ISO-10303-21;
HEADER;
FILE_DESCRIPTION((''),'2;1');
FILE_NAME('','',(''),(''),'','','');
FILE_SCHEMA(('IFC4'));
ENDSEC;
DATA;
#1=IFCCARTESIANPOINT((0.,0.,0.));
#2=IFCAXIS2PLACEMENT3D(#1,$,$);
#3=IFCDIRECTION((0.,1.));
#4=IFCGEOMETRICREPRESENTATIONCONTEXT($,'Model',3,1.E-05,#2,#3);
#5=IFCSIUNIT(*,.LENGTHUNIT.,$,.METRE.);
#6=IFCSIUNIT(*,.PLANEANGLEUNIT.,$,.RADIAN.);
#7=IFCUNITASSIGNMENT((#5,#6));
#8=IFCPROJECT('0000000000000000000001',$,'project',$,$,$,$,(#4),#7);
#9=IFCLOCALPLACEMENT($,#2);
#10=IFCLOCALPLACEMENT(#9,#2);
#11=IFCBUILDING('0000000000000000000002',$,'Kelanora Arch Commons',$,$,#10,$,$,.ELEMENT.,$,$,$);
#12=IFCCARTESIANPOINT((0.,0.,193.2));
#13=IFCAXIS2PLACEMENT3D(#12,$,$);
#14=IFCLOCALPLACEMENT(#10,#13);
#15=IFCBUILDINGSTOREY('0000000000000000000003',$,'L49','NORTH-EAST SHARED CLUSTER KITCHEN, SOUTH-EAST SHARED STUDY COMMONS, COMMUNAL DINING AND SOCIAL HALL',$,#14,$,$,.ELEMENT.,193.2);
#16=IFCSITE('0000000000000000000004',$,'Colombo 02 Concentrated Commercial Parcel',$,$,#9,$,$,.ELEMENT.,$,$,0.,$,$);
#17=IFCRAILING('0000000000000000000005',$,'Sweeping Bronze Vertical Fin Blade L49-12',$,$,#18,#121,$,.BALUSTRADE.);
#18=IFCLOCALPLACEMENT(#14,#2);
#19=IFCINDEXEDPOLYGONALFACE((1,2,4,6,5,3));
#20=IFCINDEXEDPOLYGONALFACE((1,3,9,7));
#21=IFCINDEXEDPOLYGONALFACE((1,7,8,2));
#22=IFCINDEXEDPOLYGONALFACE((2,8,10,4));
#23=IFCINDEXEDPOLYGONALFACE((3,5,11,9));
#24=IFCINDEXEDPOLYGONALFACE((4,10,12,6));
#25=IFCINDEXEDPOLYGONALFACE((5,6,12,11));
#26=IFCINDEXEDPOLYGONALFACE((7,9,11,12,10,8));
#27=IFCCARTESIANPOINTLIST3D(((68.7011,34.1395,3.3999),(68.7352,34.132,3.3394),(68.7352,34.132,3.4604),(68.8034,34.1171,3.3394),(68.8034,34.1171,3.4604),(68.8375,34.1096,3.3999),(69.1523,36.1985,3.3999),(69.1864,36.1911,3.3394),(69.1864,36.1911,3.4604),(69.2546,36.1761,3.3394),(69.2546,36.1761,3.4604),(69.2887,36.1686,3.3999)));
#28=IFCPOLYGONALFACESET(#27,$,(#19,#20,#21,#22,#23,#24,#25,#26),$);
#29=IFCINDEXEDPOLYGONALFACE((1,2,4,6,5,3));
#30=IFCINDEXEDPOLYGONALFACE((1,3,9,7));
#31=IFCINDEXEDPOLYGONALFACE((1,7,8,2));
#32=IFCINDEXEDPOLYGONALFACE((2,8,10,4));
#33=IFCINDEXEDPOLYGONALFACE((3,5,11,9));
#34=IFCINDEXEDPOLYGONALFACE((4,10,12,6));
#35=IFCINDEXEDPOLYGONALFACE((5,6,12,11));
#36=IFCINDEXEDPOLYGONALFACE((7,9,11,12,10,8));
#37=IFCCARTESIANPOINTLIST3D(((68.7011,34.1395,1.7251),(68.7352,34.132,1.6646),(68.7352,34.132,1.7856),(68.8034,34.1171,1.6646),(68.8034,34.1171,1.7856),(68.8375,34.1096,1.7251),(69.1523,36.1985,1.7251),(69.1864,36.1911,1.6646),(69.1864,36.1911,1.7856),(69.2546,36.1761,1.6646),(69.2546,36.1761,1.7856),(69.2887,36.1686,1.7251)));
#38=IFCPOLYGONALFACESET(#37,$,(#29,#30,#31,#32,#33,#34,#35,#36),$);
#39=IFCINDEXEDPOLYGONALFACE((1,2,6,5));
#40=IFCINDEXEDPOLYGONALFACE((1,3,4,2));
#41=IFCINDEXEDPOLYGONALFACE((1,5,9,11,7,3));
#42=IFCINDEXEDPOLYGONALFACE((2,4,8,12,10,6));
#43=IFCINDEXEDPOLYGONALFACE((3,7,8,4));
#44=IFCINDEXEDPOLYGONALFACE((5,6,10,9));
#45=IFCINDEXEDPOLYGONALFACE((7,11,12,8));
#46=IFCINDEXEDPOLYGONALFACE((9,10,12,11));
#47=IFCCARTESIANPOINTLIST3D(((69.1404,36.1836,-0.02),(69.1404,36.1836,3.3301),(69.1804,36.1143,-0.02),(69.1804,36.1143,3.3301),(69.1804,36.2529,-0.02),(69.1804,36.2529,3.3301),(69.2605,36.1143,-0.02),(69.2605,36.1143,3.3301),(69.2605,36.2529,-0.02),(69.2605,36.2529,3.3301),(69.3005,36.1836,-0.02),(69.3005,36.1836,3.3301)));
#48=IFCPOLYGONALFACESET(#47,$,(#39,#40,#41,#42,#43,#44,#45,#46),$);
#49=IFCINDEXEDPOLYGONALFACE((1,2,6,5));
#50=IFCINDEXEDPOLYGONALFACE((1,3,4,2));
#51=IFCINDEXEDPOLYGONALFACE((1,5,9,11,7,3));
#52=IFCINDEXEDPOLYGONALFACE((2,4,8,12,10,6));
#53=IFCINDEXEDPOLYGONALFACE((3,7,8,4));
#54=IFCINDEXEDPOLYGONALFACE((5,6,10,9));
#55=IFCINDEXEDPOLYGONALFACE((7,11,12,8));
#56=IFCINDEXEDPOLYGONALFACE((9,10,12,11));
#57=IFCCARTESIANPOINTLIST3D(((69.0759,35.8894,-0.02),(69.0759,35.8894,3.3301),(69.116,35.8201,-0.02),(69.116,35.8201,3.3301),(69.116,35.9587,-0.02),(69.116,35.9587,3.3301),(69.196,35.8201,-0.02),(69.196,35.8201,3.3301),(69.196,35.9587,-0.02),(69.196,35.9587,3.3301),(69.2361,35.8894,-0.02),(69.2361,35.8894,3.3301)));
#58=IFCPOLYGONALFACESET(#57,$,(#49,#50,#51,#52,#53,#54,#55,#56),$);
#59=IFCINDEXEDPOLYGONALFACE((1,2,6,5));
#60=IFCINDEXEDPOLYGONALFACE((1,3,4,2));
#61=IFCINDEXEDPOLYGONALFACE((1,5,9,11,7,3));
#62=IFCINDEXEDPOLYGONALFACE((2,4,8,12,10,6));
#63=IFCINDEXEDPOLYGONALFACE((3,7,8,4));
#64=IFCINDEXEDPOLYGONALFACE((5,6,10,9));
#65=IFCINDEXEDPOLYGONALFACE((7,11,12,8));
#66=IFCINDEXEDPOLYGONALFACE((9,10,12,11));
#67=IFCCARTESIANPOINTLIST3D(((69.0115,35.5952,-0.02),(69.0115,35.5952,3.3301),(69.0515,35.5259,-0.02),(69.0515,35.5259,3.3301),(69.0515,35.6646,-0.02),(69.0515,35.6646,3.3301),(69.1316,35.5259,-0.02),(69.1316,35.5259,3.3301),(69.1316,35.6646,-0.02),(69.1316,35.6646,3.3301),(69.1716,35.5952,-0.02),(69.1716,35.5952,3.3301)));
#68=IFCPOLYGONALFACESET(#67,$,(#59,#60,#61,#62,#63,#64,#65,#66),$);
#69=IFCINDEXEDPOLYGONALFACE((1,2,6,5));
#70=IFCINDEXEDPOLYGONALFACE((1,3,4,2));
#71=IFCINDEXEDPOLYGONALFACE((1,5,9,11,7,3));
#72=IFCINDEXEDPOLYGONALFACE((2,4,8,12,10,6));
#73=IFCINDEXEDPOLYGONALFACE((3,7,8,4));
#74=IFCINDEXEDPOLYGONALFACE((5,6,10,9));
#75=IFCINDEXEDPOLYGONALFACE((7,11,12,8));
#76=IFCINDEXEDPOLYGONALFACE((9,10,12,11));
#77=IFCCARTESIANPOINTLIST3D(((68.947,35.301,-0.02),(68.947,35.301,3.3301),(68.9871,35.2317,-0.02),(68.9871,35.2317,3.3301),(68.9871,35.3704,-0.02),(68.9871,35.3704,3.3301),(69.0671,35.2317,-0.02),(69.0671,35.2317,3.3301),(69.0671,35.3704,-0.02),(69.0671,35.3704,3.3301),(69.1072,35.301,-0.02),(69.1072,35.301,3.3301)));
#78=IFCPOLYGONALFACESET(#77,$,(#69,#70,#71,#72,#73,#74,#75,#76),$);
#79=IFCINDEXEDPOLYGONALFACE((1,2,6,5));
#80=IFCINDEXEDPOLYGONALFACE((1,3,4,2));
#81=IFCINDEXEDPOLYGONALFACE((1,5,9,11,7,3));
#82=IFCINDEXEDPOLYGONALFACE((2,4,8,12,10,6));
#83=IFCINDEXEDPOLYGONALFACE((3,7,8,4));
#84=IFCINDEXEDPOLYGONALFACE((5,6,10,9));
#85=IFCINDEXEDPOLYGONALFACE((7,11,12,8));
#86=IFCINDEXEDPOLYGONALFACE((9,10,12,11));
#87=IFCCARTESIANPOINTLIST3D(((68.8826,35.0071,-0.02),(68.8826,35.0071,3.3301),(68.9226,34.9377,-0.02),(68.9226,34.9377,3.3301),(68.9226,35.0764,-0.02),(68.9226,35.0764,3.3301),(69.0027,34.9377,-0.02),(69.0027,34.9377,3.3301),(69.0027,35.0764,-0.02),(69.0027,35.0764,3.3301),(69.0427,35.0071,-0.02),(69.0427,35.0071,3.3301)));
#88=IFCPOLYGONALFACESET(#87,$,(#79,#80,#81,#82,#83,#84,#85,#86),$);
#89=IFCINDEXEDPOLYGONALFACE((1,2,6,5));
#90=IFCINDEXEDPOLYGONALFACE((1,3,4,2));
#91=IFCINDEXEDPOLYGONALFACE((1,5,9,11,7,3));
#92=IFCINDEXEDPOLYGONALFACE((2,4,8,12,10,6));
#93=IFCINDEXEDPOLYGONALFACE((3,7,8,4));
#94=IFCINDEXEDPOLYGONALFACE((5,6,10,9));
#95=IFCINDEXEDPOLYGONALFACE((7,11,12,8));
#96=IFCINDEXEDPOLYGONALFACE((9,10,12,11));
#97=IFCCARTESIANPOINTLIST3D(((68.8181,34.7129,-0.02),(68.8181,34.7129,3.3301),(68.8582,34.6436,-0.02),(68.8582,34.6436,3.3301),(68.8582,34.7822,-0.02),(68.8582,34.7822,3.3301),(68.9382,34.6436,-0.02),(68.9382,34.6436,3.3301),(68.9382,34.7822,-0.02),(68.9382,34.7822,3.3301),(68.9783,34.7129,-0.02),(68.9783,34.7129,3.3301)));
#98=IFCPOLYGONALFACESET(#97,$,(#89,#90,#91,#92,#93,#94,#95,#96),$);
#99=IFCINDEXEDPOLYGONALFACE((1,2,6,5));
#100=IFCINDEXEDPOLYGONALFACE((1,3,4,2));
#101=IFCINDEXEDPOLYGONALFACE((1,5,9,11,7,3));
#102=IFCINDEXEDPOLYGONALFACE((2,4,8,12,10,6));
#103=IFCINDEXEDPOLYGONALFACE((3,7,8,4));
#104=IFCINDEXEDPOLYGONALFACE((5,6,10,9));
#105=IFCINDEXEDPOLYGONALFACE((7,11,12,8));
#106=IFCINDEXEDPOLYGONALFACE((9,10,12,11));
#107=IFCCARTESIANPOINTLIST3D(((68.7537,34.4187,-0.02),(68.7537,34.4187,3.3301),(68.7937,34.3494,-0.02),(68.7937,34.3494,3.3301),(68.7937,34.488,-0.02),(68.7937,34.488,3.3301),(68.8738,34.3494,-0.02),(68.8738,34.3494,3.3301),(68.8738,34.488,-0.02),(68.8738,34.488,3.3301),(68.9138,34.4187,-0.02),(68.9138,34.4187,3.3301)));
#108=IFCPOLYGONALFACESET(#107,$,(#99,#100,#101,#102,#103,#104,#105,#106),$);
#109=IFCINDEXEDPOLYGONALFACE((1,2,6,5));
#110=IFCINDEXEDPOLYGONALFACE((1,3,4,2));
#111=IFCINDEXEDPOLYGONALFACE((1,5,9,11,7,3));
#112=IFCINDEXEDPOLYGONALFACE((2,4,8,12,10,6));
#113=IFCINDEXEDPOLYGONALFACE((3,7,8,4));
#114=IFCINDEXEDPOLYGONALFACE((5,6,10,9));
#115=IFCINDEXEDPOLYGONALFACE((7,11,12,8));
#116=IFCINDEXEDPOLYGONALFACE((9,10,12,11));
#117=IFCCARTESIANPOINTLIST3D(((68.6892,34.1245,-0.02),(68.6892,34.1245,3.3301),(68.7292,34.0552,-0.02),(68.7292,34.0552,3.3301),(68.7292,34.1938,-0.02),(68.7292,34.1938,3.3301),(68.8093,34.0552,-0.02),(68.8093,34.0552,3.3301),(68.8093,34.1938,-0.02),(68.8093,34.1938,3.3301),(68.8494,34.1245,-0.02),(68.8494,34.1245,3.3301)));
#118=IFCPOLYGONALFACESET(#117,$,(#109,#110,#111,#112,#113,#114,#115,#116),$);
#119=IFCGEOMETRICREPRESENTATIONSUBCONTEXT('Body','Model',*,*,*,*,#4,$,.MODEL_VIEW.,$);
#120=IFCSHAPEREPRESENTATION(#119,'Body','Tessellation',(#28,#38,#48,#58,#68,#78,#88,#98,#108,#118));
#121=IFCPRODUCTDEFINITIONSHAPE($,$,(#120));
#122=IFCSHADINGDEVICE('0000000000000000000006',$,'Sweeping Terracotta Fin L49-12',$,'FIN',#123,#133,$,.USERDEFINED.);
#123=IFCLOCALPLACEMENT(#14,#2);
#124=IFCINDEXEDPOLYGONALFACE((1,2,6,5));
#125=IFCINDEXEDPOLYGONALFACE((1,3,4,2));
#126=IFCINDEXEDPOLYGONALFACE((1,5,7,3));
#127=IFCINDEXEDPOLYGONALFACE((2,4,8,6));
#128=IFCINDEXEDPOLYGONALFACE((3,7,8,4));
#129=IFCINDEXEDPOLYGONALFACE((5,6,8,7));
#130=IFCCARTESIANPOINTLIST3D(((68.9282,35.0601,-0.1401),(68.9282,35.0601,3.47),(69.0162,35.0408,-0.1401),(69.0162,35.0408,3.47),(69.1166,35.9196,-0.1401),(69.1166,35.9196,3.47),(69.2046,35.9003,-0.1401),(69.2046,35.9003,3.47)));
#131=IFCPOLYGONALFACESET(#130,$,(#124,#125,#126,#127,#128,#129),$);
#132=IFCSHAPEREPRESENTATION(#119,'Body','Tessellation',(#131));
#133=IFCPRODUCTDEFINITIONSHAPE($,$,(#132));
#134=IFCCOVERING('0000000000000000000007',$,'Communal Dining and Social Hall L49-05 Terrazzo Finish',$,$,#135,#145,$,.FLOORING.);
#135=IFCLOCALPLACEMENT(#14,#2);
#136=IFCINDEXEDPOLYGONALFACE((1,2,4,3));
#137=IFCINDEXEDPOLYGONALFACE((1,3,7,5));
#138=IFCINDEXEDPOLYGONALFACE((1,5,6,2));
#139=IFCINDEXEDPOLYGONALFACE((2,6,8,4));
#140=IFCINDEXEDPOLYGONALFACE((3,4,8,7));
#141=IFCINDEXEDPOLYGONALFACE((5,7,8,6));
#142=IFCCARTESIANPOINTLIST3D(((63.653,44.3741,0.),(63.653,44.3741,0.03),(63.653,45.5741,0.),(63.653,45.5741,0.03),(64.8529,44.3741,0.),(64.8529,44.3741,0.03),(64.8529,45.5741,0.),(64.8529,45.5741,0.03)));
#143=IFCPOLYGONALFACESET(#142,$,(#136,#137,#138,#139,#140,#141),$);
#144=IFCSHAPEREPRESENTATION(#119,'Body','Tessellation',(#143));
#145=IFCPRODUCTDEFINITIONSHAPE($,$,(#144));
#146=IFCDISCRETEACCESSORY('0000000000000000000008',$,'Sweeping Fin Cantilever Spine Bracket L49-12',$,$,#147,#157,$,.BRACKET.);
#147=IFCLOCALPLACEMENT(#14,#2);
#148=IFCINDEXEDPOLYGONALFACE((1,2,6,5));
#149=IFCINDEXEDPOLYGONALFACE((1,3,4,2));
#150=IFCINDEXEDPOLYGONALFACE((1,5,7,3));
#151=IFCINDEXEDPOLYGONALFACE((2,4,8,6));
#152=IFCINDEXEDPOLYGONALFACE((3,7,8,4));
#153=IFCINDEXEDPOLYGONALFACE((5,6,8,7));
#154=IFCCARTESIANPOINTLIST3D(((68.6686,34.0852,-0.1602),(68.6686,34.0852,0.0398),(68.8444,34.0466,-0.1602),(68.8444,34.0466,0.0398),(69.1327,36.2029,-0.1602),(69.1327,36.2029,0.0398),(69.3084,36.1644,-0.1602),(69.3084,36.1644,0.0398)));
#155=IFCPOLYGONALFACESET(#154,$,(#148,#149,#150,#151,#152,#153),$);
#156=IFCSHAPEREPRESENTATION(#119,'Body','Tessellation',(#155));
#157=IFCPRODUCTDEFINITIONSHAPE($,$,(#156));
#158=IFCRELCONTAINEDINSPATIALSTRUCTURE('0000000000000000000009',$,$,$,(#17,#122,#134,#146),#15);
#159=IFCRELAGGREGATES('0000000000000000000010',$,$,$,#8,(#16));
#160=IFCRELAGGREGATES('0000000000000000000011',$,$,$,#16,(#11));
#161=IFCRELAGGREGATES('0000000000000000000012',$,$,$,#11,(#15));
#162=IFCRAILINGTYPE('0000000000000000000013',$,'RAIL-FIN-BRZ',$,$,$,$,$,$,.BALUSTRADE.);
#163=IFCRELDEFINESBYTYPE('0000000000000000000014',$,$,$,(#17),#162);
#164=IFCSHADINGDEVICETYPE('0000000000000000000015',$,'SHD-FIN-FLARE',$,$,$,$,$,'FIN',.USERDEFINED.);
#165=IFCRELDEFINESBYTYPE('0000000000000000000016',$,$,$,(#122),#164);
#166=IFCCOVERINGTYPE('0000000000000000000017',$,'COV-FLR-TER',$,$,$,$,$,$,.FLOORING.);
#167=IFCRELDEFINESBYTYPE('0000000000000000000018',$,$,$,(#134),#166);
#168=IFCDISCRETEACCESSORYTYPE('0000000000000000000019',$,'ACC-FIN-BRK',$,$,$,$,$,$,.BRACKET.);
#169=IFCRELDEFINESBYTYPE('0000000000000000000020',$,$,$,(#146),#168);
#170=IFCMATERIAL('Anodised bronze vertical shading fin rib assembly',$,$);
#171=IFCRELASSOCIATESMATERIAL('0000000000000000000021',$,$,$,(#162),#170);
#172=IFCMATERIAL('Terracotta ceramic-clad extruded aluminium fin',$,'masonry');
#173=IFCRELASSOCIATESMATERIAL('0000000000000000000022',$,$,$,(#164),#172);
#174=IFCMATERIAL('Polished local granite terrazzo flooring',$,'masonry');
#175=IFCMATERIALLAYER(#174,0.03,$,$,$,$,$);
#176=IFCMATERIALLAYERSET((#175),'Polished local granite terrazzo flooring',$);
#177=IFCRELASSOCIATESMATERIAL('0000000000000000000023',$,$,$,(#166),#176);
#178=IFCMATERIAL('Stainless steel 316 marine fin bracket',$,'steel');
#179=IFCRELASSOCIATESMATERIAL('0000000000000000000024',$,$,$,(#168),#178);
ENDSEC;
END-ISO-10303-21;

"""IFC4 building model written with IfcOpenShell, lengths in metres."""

from ifc_helpers import new_model, si_unit, direction, frame, origin, origin_2d, place, context, subcontext, project, spatial, polyline, rectangle, outline, extrude, source, transform, mapped, material, layer, layer_set, type_object, element, save


model = new_model("IFC4")

# Units and contexts
model_context = context("Model", 3, precision=1e-05, world=origin(), true_north=direction((0.0, 1.0)))
body_context = subcontext(model_context, "Body", "Model", "MODEL_VIEW")
ifc_project = project(units=[si_unit("LENGTHUNIT", "METRE"), si_unit("PLANEANGLEUNIT", "RADIAN")], contexts=[model_context])

# Site, building, storey
site_placement = place(None, origin())
site = spatial("IfcSite", under=ifc_project, at=site_placement, Name="Colombo 02 Concentrated Commercial Parcel", CompositionType="ELEMENT", RefElevation=0.0)
building_placement = place(site_placement, origin())
building = spatial("IfcBuilding", under=site, at=building_placement, Name="Kelanora Arch Commons", CompositionType="ELEMENT")
storey_placement = place(building_placement, frame((0.0, 0.0, 193.2)))
storey = spatial("IfcBuildingStorey", under=building, at=storey_placement, Name="L49", Description="NORTH-EAST SHARED CLUSTER KITCHEN, SOUTH-EAST SHARED STUDY COMMONS, COMMUNAL DINING AND SOCIAL HALL", CompositionType="ELEMENT", Elevation=193.2)

# Railing
ifc_material_1 = material(Name="Anodised bronze vertical shading fin rib assembly")
railing_type = type_object("IfcRailingType", Name="RAIL-FIN-BRZ", PredefinedType="BALUSTRADE", material=ifc_material_1)
railing_placement = place(storey_placement, frame((69.2205, 36.1836, -0.02)))
element("IfcRailing", 1, at=railing_placement, inside=storey, type_object=railing_type, Name="Sweeping Bronze Vertical Fin Blade L49-12", PredefinedType="BALUSTRADE", context=body_context, shape_type="SweptSolid", body=[
    extrude(outline(polyline([(0.0698, 0.0), (0.0349, 0.0605), (-0.0349, 0.0605), (-0.0698, 0.0), (-0.0349, -0.0605), (0.0349, -0.0605), (0.0698, 0.0)])), frame((0.0, 0.0, 3.4199), z_axis=(-0.214035, -0.976826, 0.0), x_axis=(0.976826, -0.214035, 0.0)), (0.0, 0.0, 1.0), 2.1079),
    extrude(outline(polyline([(0.0698, 0.0), (0.0349, 0.0605), (-0.0349, 0.0605), (-0.0698, 0.0), (-0.0349, -0.0605), (0.0349, -0.0605), (0.0698, 0.0)])), frame((0.0, 0.0, 1.7451), z_axis=(-0.214035, -0.976826, 0.0), x_axis=(0.976826, -0.214035, 0.0)), (0.0, 0.0, 1.0), 2.1079),
    extrude(outline(polyline([(0.0801, 0.0), (0.04, 0.0693), (-0.04, 0.0693), (-0.0801, 0.0), (-0.04, -0.0693), (0.04, -0.0693), (0.0801, 0.0)])), origin(), (0.0, 0.0, 1.0), 3.3501),
    extrude(outline(polyline([(0.0801, 0.0), (0.04, 0.0693), (-0.04, 0.0693), (-0.0801, 0.0), (-0.04, -0.0693), (0.04, -0.0693), (0.0801, 0.0)])), frame((-0.0645, -0.2942, 0.0)), (0.0, 0.0, 1.0), 3.3501),
    extrude(outline(polyline([(0.0801, 0.0), (0.04, 0.0693), (-0.04, 0.0693), (-0.0801, 0.0), (-0.04, -0.0693), (0.04, -0.0693), (0.0801, 0.0)])), frame((-0.1289, -0.5884, 0.0)), (0.0, 0.0, 1.0), 3.3501),
    extrude(outline(polyline([(0.0801, 0.0), (0.04, 0.0693), (-0.04, 0.0693), (-0.0801, 0.0), (-0.04, -0.0693), (0.04, -0.0693), (0.0801, 0.0)])), frame((-0.1934, -0.8826, 0.0)), (0.0, 0.0, 1.0), 3.3501),
    extrude(outline(polyline([(0.0801, 0.0), (0.04, 0.0693), (-0.04, 0.0693), (-0.0801, 0.0), (-0.04, -0.0693), (0.04, -0.0693), (0.0801, 0.0)])), frame((-0.2578, -1.1765, 0.0)), (0.0, 0.0, 1.0), 3.3501),
    extrude(outline(polyline([(0.0801, 0.0), (0.04, 0.0693), (-0.04, 0.0693), (-0.0801, 0.0), (-0.04, -0.0693), (0.04, -0.0693), (0.0801, 0.0)])), frame((-0.3223, -1.4707, 0.0)), (0.0, 0.0, 1.0), 3.3501),
    extrude(outline(polyline([(0.0801, 0.0), (0.04, 0.0693), (-0.04, 0.0693), (-0.0801, 0.0), (-0.04, -0.0693), (0.04, -0.0693), (0.0801, 0.0)])), frame((-0.3867, -1.7649, 0.0)), (0.0, 0.0, 1.0), 3.3501),
    extrude(outline(polyline([(0.0801, 0.0), (0.04, 0.0693), (-0.04, 0.0693), (-0.0801, 0.0), (-0.04, -0.0693), (0.04, -0.0693), (0.0801, 0.0)])), frame((-0.4512, -2.0591, 0.0)), (0.0, 0.0, 1.0), 3.3501),
])

# Shading device
ifc_material_2 = material(Name="Terracotta ceramic-clad extruded aluminium fin", Category="masonry")
shading_device_type = type_object("IfcShadingDeviceType", Name="SHD-FIN-FLARE", ElementType="FIN", PredefinedType="USERDEFINED", material=ifc_material_2)
shared_shape_1 = source(origin(), body_context, "Body", "SweptSolid", [
    extrude(rectangle(XDim=0.8799, YDim=0.0901, at=origin_2d()), origin(), (0.0, 0.0, 1.0), 3.6101),
])
shading_device_placement = place(storey_placement, frame((69.0664, 35.4802, -0.1401), z_axis=(0.0, 0.0, 1.0), x_axis=(-0.214053, -0.976822, 0.0)))
element("IfcShadingDevice", 2, at=shading_device_placement, inside=storey, type_object=shading_device_type, Name="Sweeping Terracotta Fin L49-12", ObjectType="FIN", PredefinedType="USERDEFINED", context=body_context, shape_type="MappedRepresentation", body=[
    mapped(shared_shape_1, transform((0.0, 0.0, 0.0), scale=1.0)),
])

# Covering
ifc_material_3 = material(Name="Polished local granite terrazzo flooring", Category="masonry")
ifc_layer_1 = layer(ifc_material_3, 0.03)
ifc_layer_set_1 = layer_set([ifc_layer_1], Name="Polished local granite terrazzo flooring")
covering_type = type_object("IfcCoveringType", Name="COV-FLR-TER", PredefinedType="FLOORING", material=ifc_layer_set_1)
shared_shape_2 = source(origin(), body_context, "Body", "SweptSolid", [
    extrude(rectangle(XDim=1.2, YDim=1.2, at=origin_2d()), origin(), (0.0, 0.0, 1.0), 0.03),
])
covering_placement = place(storey_placement, frame((64.2529, 44.9741, 0.0), z_axis=(0.0, 0.0, 1.0), x_axis=(1.0, 0.0, 0.0)))
element("IfcCovering", 3, at=covering_placement, inside=storey, type_object=covering_type, Name="Communal Dining and Social Hall L49-05 Terrazzo Finish", PredefinedType="FLOORING", context=body_context, shape_type="MappedRepresentation", body=[
    mapped(shared_shape_2, transform((0.0, 0.0, 0.0), scale=1.0)),
])

# Discrete accessory
ifc_material_4 = material(Name="Stainless steel 316 marine fin bracket", Category="steel")
discrete_accessory_type = type_object("IfcDiscreteAccessoryType", Name="ACC-FIN-BRK", PredefinedType="BRACKET", material=ifc_material_4)
shared_shape_3 = source(origin(), body_context, "Body", "SweptSolid", [
    extrude(rectangle(XDim=2.168, YDim=0.1799, at=origin_2d()), origin(), (0.0, 0.0, 1.0), 0.2),
])
discrete_accessory_placement = place(storey_placement, frame((68.9885, 35.1248, -0.1602), z_axis=(0.0, 0.0, 1.0), x_axis=(-0.214053, -0.976822, 0.0)))
element("IfcDiscreteAccessory", 4, at=discrete_accessory_placement, inside=storey, type_object=discrete_accessory_type, Name="Sweeping Fin Cantilever Spine Bracket L49-12", PredefinedType="BRACKET", context=body_context, shape_type="MappedRepresentation", body=[
    mapped(shared_shape_3, transform((0.0, 0.0, 0.0), scale=1.0)),
])

save(model, "model.ifc")
